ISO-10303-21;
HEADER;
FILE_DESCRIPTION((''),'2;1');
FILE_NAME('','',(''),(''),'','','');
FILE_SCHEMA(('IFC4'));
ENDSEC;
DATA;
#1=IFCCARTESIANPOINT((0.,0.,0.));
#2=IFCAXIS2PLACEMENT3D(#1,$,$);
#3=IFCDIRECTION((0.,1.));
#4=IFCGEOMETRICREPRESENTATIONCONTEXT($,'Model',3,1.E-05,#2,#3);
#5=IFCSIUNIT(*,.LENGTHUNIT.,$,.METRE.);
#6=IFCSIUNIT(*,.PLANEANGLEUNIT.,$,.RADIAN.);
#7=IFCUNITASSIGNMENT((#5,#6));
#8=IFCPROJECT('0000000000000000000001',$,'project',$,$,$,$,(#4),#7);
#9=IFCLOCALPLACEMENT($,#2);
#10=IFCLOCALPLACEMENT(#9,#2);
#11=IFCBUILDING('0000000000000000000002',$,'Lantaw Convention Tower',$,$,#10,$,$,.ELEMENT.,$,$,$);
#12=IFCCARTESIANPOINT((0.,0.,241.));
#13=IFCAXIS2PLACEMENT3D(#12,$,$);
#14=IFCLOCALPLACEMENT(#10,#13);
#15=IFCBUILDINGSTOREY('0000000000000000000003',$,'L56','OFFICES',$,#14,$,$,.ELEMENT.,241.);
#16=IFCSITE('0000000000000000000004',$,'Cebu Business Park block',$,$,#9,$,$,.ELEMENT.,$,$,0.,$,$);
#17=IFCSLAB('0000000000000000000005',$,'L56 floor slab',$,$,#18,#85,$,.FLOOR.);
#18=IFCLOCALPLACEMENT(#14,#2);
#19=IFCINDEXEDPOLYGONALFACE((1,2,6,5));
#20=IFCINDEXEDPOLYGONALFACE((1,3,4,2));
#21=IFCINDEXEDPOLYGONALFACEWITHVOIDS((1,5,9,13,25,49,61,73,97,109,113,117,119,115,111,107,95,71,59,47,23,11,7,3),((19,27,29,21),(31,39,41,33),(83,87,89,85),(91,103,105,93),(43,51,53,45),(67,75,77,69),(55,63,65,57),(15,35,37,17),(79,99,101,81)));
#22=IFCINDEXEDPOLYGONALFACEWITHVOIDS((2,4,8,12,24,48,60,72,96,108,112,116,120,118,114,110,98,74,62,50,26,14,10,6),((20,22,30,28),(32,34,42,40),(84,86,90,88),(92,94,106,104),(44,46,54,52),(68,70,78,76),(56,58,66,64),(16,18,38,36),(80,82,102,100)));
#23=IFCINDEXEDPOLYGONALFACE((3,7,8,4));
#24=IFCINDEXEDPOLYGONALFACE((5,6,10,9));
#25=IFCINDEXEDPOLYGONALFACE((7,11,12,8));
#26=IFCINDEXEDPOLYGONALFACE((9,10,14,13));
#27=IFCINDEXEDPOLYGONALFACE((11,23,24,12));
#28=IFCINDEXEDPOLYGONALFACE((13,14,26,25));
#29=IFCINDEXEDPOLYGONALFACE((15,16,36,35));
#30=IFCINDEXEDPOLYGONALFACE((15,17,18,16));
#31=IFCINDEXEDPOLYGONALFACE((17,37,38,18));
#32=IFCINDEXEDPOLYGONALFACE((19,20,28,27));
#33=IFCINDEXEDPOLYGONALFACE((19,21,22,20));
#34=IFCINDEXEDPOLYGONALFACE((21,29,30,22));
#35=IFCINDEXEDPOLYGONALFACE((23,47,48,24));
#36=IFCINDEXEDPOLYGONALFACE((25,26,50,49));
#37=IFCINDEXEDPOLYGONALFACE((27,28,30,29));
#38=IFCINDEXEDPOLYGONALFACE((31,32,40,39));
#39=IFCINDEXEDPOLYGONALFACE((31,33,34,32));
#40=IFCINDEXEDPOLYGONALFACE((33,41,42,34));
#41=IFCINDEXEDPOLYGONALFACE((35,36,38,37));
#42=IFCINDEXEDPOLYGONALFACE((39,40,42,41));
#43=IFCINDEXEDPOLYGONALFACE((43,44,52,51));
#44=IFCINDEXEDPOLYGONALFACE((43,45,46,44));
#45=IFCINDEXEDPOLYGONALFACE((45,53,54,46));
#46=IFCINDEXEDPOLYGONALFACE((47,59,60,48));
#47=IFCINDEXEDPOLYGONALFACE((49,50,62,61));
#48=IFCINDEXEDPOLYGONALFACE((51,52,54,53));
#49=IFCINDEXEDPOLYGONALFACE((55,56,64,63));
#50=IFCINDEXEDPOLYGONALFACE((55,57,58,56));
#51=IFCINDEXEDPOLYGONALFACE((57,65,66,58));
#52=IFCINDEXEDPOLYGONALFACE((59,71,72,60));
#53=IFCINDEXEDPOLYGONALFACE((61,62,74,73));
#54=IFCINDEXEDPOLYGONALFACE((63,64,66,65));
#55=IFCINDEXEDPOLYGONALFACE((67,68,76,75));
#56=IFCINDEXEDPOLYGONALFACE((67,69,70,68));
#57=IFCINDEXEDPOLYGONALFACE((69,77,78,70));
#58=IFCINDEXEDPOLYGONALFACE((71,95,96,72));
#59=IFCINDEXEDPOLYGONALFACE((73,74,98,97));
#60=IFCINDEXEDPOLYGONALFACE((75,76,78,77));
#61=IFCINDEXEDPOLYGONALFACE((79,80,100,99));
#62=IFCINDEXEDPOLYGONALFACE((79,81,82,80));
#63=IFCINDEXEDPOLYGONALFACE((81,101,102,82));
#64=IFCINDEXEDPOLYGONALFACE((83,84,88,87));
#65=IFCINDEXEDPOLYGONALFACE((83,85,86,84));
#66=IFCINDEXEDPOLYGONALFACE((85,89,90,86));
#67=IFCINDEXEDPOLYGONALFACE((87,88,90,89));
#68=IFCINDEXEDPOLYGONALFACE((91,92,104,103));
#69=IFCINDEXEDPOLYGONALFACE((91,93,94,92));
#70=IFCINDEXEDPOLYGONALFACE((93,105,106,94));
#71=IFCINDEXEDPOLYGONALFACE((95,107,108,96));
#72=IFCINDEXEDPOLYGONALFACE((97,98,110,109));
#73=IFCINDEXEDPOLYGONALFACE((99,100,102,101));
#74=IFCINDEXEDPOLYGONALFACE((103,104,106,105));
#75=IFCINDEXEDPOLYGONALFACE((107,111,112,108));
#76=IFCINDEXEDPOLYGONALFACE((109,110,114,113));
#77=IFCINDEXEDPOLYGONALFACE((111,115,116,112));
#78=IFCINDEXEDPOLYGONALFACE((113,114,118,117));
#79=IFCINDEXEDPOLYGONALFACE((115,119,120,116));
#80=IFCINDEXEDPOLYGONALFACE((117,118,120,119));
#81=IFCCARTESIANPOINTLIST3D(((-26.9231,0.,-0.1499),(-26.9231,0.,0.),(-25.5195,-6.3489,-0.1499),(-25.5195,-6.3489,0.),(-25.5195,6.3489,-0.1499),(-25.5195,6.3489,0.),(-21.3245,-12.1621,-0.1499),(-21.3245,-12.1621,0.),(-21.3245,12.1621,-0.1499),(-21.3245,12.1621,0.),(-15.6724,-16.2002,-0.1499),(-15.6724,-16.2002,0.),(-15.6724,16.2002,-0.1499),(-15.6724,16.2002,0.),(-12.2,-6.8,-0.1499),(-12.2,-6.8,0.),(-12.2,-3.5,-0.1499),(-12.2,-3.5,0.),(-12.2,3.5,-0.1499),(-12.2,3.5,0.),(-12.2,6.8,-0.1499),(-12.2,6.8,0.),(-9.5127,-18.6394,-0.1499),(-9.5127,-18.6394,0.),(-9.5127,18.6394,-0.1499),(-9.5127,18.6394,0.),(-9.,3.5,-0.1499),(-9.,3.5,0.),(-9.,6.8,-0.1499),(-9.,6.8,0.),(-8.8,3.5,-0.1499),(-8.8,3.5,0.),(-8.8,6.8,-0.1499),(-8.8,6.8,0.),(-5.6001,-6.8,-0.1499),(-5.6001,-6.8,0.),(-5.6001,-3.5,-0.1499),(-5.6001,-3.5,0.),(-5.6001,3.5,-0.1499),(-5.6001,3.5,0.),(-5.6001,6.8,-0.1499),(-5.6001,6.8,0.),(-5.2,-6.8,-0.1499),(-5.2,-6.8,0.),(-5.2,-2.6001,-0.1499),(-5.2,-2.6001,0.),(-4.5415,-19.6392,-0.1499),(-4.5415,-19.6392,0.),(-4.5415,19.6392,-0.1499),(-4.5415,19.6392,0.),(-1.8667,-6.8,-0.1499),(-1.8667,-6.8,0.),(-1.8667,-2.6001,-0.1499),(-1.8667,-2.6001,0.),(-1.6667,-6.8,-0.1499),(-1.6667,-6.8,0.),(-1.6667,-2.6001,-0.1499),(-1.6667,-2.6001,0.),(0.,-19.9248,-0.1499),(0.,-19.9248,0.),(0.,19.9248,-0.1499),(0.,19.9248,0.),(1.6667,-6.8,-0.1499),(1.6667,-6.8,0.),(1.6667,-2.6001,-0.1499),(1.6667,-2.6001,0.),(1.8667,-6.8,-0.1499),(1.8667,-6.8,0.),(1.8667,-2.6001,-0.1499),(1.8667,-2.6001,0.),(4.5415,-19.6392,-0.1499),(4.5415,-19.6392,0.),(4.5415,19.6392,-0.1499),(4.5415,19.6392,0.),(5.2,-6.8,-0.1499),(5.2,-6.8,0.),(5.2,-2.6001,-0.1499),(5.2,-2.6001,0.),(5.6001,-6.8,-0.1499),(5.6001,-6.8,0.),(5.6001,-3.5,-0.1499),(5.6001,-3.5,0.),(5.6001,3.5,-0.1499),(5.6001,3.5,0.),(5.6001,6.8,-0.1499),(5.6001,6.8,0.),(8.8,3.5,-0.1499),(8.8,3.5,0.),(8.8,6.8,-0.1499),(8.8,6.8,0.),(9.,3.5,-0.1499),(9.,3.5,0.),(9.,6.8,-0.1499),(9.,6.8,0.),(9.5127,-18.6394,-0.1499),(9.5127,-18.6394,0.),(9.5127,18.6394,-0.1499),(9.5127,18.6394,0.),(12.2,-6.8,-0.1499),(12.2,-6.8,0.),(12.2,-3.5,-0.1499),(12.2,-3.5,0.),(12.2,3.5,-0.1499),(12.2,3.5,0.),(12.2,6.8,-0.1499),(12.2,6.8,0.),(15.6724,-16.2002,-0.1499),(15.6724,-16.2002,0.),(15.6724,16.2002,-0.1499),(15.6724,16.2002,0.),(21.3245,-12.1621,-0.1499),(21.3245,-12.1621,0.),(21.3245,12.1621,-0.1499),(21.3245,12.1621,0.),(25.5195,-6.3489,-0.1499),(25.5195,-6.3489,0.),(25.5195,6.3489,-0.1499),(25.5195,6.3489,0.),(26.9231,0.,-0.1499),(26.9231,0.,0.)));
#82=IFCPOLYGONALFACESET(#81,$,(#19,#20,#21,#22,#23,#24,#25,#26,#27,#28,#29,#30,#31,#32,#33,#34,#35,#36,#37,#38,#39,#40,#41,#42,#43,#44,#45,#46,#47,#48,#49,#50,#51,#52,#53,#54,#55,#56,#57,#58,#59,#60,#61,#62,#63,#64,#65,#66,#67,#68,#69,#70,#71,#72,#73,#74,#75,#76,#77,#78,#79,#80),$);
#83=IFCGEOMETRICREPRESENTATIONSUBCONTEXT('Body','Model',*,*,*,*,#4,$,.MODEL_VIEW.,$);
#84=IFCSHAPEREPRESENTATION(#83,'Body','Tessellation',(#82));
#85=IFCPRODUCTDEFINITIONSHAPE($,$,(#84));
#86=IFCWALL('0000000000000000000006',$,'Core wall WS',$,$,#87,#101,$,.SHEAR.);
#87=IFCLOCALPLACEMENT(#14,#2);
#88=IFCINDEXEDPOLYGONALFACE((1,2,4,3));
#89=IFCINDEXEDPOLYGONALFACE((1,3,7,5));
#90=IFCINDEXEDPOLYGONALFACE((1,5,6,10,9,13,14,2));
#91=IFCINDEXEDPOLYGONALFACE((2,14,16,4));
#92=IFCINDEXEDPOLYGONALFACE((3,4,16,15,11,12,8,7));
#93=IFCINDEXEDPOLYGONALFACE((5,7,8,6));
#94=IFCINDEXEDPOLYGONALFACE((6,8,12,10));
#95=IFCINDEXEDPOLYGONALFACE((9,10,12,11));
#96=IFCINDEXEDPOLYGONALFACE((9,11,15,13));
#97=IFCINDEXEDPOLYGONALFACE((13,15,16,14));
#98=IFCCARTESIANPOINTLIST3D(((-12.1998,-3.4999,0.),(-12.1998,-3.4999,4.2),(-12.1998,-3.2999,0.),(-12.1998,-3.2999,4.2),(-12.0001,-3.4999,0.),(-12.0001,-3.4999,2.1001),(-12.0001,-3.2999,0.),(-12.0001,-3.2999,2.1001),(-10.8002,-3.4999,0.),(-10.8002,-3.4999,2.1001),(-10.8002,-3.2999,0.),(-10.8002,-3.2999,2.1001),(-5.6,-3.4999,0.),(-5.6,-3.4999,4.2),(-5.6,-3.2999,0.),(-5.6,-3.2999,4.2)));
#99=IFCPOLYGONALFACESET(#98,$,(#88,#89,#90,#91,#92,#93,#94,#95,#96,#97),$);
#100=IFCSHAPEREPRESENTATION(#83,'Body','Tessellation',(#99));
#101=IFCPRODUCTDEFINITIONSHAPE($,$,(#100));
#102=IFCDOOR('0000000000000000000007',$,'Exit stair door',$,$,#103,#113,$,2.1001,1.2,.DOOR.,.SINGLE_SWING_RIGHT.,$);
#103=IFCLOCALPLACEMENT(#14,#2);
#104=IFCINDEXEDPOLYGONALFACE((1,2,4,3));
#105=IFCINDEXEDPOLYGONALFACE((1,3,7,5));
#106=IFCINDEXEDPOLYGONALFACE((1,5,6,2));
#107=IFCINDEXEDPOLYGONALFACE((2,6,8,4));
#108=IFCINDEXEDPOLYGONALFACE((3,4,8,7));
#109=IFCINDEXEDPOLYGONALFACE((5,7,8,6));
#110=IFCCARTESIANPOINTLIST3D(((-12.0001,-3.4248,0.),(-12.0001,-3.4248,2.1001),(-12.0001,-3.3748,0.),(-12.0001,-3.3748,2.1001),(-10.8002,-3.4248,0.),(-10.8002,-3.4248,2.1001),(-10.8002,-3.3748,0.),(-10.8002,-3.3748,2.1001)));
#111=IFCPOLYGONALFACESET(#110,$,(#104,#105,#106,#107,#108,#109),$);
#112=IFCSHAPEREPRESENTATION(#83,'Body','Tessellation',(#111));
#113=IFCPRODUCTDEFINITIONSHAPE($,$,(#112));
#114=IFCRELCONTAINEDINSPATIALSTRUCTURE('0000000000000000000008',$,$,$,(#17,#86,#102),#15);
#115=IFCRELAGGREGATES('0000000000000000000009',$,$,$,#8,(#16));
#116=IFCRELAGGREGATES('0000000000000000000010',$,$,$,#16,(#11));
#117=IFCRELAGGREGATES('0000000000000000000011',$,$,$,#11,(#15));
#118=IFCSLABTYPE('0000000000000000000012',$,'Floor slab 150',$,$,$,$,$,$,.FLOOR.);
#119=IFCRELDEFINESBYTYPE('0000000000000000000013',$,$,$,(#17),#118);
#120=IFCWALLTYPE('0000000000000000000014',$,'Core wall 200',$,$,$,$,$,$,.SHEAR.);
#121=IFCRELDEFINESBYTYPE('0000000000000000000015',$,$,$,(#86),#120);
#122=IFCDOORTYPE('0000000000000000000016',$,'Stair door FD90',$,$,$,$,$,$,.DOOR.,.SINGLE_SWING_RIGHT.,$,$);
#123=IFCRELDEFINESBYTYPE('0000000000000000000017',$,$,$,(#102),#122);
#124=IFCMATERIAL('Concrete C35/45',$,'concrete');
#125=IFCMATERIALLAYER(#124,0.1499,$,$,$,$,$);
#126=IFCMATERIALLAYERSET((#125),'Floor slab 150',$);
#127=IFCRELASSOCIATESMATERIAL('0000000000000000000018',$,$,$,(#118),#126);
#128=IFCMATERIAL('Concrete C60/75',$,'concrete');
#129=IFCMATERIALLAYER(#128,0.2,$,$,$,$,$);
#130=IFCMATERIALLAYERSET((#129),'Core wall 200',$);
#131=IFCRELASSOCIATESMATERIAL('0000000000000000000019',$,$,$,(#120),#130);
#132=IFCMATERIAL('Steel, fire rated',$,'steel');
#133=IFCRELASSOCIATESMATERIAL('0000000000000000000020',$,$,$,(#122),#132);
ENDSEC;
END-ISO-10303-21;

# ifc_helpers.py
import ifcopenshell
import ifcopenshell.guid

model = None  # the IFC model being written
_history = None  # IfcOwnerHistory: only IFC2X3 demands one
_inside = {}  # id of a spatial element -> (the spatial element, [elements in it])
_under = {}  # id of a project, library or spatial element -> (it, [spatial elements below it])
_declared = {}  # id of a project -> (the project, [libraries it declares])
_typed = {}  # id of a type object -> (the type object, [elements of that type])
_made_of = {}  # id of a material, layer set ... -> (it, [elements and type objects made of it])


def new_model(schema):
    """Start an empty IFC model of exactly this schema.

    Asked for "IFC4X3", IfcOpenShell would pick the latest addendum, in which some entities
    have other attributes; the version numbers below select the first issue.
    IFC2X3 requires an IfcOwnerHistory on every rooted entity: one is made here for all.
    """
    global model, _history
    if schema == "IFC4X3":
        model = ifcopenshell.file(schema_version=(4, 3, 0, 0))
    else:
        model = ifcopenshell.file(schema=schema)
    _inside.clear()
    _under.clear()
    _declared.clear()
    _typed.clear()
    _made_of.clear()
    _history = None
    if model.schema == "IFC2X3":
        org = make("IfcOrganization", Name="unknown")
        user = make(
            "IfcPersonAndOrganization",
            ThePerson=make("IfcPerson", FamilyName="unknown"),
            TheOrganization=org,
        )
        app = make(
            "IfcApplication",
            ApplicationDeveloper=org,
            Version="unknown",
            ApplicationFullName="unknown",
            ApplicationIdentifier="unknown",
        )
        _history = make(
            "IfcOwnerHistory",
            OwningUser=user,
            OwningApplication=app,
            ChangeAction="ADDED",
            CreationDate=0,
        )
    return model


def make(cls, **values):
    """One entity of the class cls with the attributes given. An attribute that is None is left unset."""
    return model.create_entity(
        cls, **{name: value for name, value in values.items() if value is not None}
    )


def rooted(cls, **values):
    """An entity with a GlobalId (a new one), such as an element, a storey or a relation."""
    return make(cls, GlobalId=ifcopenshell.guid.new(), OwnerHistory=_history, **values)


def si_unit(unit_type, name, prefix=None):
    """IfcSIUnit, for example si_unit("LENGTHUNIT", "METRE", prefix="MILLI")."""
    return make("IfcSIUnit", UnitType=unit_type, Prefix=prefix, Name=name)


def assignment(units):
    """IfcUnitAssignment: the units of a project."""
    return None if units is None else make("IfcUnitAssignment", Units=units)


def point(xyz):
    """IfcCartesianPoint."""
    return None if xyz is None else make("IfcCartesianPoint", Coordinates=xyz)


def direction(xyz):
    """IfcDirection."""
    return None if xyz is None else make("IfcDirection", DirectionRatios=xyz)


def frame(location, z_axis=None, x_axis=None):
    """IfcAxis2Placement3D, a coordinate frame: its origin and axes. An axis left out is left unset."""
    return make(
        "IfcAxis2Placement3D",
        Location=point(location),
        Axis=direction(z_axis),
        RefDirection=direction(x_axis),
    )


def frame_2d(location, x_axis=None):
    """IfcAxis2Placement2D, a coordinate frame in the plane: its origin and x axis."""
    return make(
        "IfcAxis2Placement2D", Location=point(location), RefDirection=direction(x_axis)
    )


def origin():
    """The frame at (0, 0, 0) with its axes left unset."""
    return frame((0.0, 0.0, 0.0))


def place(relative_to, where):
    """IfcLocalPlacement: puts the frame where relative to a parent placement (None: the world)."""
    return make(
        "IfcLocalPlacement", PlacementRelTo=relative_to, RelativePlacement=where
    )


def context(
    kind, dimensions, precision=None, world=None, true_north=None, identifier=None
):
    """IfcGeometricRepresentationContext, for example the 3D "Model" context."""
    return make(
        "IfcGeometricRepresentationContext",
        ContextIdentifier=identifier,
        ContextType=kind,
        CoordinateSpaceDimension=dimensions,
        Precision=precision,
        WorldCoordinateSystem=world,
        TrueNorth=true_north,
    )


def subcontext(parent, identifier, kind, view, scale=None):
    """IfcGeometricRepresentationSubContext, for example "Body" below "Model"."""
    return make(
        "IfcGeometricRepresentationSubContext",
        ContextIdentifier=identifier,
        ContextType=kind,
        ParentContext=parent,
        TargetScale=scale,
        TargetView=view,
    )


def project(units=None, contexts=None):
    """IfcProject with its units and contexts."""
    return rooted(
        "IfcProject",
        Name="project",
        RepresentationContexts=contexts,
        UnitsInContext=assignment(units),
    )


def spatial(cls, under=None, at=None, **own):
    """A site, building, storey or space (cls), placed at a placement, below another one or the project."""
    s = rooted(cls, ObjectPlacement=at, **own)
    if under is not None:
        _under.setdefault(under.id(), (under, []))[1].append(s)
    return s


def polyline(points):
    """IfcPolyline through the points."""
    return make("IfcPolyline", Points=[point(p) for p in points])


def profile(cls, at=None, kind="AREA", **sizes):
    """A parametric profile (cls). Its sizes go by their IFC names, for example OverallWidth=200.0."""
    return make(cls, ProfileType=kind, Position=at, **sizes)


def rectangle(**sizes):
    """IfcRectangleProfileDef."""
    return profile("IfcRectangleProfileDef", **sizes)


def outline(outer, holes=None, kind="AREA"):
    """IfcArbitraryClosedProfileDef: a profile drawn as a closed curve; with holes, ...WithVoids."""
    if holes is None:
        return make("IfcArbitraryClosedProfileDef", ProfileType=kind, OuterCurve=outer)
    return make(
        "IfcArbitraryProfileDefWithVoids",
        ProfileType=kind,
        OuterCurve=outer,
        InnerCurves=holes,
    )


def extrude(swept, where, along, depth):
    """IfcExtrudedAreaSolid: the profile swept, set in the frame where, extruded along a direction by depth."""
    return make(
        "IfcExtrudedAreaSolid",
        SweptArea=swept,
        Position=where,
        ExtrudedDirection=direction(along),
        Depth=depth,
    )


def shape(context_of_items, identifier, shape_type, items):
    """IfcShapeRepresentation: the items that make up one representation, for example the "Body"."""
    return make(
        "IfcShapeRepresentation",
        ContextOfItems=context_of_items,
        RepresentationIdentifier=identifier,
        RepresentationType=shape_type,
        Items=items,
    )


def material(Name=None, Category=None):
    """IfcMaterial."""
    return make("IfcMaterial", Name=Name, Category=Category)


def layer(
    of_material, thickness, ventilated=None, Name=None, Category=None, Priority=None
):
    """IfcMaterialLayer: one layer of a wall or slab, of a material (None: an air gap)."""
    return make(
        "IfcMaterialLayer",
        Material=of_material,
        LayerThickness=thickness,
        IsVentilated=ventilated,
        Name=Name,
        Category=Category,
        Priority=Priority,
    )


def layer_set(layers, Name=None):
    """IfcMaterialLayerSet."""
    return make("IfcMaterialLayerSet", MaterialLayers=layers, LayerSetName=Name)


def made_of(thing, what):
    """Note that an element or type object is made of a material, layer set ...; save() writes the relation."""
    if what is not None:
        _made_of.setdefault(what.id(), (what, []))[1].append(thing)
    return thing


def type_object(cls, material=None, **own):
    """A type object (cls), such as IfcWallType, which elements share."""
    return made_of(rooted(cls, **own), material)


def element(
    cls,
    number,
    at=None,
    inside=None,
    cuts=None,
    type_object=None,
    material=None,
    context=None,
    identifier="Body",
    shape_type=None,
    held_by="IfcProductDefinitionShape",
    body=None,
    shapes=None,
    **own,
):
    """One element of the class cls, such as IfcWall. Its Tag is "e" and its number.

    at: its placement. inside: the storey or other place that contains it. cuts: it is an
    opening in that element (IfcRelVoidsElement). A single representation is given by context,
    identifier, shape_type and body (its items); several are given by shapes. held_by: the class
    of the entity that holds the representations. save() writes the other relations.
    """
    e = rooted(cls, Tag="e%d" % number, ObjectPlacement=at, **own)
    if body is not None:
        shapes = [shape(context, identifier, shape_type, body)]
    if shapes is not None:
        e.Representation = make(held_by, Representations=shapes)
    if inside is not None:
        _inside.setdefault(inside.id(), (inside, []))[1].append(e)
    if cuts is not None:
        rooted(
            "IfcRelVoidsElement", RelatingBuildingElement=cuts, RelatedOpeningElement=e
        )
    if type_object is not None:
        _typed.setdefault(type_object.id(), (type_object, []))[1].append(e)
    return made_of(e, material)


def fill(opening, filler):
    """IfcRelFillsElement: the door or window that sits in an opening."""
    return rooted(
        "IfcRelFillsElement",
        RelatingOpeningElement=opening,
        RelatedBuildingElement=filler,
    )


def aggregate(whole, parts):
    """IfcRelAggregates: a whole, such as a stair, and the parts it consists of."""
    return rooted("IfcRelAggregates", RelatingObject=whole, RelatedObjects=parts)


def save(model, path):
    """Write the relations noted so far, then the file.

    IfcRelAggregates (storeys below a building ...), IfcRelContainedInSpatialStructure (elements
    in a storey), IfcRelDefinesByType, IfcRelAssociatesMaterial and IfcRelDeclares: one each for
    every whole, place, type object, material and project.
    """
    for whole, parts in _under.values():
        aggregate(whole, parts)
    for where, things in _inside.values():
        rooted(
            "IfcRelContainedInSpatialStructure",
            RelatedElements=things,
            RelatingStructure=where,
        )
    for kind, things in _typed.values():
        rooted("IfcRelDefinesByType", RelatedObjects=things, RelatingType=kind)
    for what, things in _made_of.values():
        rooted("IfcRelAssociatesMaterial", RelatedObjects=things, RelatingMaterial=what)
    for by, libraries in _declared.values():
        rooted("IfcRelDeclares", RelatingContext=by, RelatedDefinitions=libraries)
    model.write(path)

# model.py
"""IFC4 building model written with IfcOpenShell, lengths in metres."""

from ifc_helpers import new_model, si_unit, direction, frame, frame_2d, origin, place, context, subcontext, project, spatial, polyline, rectangle, outline, extrude, material, layer, layer_set, type_object, element, fill, save


model = new_model("IFC4")

# Units and contexts
model_context = context("Model", 3, precision=1e-05, world=origin(), true_north=direction((0.0, 1.0)))
body_context = subcontext(model_context, "Body", "Model", "MODEL_VIEW")
ifc_project = project(units=[si_unit("LENGTHUNIT", "METRE"), si_unit("PLANEANGLEUNIT", "RADIAN")], contexts=[model_context])

# Site, building, storey
site_placement = place(None, origin())
site = spatial("IfcSite", under=ifc_project, at=site_placement, Name="Cebu Business Park block", CompositionType="ELEMENT", RefElevation=0.0)
building_placement = place(site_placement, origin())
building = spatial("IfcBuilding", under=site, at=building_placement, Name="Lantaw Convention Tower", CompositionType="ELEMENT")
storey_placement = place(building_placement, frame((0.0, 0.0, 241.0)))
storey = spatial("IfcBuildingStorey", under=building, at=storey_placement, Name="L56", Description="OFFICES", CompositionType="ELEMENT", Elevation=241.0)

# Slab
ifc_material_1 = material(Name="Concrete C35/45", Category="concrete")
ifc_layer_1 = layer(ifc_material_1, 0.1499)
ifc_layer_set_1 = layer_set([ifc_layer_1], Name="Floor slab 150")
slab_type = type_object("IfcSlabType", Name="Floor slab 150", PredefinedType="FLOOR", material=ifc_layer_set_1)
slab_placement = place(storey_placement, frame((0.0, 0.0, -0.1499)))
element("IfcSlab", 1, at=slab_placement, inside=storey, type_object=slab_type, Name="L56 floor slab", PredefinedType="FLOOR", context=body_context, shape_type="SweptSolid", body=[
    extrude(outline(polyline([(25.5195, -6.3489), (26.9231, 0.0), (25.5195, 6.3489), (21.3245, 12.1621), (15.6724, 16.2002), (9.5127, 18.6394), (4.5415, 19.6392), (0.0, 19.9248), (-4.5415, 19.6392), (-9.5127, 18.6394), (-15.6724, 16.2002), (-21.3245, 12.1621), (-25.5195, 6.3489), (-26.9231, 0.0), (-25.5195, -6.3489), (-21.3245, -12.1621), (-15.6724, -16.2002), (-9.5127, -18.6394), (-4.5415, -19.6392), (0.0, -19.9248), (4.5415, -19.6392), (9.5127, -18.6394), (15.6724, -16.2002), (21.3245, -12.1621), (25.5195, -6.3489)]), holes=[polyline([(-5.6001, -3.5), (-12.2, -3.5), (-12.2, -6.8), (-5.6001, -6.8), (-5.6001, -3.5)]), polyline([(12.2, -3.5), (5.6001, -3.5), (5.6001, -6.8), (12.2, -6.8), (12.2, -3.5)]), polyline([(-1.8667, -2.6001), (-5.2, -2.6001), (-5.2, -6.8), (-1.8667, -6.8), (-1.8667, -2.6001)]), polyline([(1.6667, -2.6001), (-1.6667, -2.6001), (-1.6667, -6.8), (1.6667, -6.8), (1.6667, -2.6001)]), polyline([(5.2, -2.6001), (1.8667, -2.6001), (1.8667, -6.8), (5.2, -6.8), (5.2, -2.6001)]), polyline([(-9.0, 6.8), (-12.2, 6.8), (-12.2, 3.5), (-9.0, 3.5), (-9.0, 6.8)]), polyline([(-5.6001, 6.8), (-8.8, 6.8), (-8.8, 3.5), (-5.6001, 3.5), (-5.6001, 6.8)]), polyline([(8.8, 3.5), (8.8, 6.8), (5.6001, 6.8), (5.6001, 3.5), (8.8, 3.5)]), polyline([(12.2, 3.5), (12.2, 6.8), (9.0, 6.8), (9.0, 3.5), (12.2, 3.5)])]), origin(), (0.0, 0.0, 1.0), 0.1499),
])

# Wall, opening, door
ifc_material_2 = material(Name="Concrete C60/75", Category="concrete")
ifc_layer_2 = layer(ifc_material_2, 0.2)
ifc_layer_set_2 = layer_set([ifc_layer_2], Name="Core wall 200")
wall_type_1 = type_object("IfcWallType", Name="Core wall 200", PredefinedType="SHEAR", material=ifc_layer_set_2)
wall_1_placement = place(storey_placement, frame((-5.6001, -3.3999, 0.0), z_axis=(0.0, 0.0, 1.0), x_axis=(-1.0, 0.0, 0.0)))
wall_1 = element("IfcWall", 2, at=wall_1_placement, inside=storey, type_object=wall_type_1, Name="Core wall WS", PredefinedType="SHEAR", context=body_context, shape_type="SweptSolid", body=[
    extrude(rectangle(XDim=6.5999, YDim=0.2, at=frame_2d((3.2998, 0.0))), origin(), (0.0, 0.0, 1.0), 4.2),
])
opening_1_placement = place(wall_1_placement, frame((5.2, 0.0, 0.0)))
opening_1 = element("IfcOpeningElement", 3, at=opening_1_placement, cuts=wall_1, PredefinedType="OPENING", context=body_context, shape_type="SweptSolid", body=[
    extrude(rectangle(XDim=1.2, YDim=2.1001, at=frame_2d((0.6001, 1.05))), frame((0.0, 0.1099, 0.0), z_axis=(0.0, -1.0, 0.0), x_axis=(1.0, 0.0, 0.0)), (0.0, 0.0, 1.0), 0.22),
])
ifc_material_3 = material(Name="Steel, fire rated", Category="steel")
door_type_1 = type_object("IfcDoorType", Name="Stair door FD90", OperationType="SINGLE_SWING_RIGHT", PredefinedType="DOOR", material=ifc_material_3)
door_1_placement = place(opening_1_placement, origin())
door_1 = element("IfcDoor", 4, at=door_1_placement, inside=storey, type_object=door_type_1, Name="Exit stair door", OperationType="SINGLE_SWING_RIGHT", OverallHeight=2.1001, OverallWidth=1.2, PredefinedType="DOOR", context=body_context, shape_type="SweptSolid", body=[
    extrude(rectangle(XDim=1.2, YDim=2.1001, at=frame_2d((0.6001, 1.05))), frame((0.0, 0.0249, 0.0), z_axis=(0.0, -1.0, 0.0), x_axis=(1.0, 0.0, 0.0)), (0.0, 0.0, 1.0), 0.05),
])
fill(opening_1, door_1)

save(model, "model.ifc")
